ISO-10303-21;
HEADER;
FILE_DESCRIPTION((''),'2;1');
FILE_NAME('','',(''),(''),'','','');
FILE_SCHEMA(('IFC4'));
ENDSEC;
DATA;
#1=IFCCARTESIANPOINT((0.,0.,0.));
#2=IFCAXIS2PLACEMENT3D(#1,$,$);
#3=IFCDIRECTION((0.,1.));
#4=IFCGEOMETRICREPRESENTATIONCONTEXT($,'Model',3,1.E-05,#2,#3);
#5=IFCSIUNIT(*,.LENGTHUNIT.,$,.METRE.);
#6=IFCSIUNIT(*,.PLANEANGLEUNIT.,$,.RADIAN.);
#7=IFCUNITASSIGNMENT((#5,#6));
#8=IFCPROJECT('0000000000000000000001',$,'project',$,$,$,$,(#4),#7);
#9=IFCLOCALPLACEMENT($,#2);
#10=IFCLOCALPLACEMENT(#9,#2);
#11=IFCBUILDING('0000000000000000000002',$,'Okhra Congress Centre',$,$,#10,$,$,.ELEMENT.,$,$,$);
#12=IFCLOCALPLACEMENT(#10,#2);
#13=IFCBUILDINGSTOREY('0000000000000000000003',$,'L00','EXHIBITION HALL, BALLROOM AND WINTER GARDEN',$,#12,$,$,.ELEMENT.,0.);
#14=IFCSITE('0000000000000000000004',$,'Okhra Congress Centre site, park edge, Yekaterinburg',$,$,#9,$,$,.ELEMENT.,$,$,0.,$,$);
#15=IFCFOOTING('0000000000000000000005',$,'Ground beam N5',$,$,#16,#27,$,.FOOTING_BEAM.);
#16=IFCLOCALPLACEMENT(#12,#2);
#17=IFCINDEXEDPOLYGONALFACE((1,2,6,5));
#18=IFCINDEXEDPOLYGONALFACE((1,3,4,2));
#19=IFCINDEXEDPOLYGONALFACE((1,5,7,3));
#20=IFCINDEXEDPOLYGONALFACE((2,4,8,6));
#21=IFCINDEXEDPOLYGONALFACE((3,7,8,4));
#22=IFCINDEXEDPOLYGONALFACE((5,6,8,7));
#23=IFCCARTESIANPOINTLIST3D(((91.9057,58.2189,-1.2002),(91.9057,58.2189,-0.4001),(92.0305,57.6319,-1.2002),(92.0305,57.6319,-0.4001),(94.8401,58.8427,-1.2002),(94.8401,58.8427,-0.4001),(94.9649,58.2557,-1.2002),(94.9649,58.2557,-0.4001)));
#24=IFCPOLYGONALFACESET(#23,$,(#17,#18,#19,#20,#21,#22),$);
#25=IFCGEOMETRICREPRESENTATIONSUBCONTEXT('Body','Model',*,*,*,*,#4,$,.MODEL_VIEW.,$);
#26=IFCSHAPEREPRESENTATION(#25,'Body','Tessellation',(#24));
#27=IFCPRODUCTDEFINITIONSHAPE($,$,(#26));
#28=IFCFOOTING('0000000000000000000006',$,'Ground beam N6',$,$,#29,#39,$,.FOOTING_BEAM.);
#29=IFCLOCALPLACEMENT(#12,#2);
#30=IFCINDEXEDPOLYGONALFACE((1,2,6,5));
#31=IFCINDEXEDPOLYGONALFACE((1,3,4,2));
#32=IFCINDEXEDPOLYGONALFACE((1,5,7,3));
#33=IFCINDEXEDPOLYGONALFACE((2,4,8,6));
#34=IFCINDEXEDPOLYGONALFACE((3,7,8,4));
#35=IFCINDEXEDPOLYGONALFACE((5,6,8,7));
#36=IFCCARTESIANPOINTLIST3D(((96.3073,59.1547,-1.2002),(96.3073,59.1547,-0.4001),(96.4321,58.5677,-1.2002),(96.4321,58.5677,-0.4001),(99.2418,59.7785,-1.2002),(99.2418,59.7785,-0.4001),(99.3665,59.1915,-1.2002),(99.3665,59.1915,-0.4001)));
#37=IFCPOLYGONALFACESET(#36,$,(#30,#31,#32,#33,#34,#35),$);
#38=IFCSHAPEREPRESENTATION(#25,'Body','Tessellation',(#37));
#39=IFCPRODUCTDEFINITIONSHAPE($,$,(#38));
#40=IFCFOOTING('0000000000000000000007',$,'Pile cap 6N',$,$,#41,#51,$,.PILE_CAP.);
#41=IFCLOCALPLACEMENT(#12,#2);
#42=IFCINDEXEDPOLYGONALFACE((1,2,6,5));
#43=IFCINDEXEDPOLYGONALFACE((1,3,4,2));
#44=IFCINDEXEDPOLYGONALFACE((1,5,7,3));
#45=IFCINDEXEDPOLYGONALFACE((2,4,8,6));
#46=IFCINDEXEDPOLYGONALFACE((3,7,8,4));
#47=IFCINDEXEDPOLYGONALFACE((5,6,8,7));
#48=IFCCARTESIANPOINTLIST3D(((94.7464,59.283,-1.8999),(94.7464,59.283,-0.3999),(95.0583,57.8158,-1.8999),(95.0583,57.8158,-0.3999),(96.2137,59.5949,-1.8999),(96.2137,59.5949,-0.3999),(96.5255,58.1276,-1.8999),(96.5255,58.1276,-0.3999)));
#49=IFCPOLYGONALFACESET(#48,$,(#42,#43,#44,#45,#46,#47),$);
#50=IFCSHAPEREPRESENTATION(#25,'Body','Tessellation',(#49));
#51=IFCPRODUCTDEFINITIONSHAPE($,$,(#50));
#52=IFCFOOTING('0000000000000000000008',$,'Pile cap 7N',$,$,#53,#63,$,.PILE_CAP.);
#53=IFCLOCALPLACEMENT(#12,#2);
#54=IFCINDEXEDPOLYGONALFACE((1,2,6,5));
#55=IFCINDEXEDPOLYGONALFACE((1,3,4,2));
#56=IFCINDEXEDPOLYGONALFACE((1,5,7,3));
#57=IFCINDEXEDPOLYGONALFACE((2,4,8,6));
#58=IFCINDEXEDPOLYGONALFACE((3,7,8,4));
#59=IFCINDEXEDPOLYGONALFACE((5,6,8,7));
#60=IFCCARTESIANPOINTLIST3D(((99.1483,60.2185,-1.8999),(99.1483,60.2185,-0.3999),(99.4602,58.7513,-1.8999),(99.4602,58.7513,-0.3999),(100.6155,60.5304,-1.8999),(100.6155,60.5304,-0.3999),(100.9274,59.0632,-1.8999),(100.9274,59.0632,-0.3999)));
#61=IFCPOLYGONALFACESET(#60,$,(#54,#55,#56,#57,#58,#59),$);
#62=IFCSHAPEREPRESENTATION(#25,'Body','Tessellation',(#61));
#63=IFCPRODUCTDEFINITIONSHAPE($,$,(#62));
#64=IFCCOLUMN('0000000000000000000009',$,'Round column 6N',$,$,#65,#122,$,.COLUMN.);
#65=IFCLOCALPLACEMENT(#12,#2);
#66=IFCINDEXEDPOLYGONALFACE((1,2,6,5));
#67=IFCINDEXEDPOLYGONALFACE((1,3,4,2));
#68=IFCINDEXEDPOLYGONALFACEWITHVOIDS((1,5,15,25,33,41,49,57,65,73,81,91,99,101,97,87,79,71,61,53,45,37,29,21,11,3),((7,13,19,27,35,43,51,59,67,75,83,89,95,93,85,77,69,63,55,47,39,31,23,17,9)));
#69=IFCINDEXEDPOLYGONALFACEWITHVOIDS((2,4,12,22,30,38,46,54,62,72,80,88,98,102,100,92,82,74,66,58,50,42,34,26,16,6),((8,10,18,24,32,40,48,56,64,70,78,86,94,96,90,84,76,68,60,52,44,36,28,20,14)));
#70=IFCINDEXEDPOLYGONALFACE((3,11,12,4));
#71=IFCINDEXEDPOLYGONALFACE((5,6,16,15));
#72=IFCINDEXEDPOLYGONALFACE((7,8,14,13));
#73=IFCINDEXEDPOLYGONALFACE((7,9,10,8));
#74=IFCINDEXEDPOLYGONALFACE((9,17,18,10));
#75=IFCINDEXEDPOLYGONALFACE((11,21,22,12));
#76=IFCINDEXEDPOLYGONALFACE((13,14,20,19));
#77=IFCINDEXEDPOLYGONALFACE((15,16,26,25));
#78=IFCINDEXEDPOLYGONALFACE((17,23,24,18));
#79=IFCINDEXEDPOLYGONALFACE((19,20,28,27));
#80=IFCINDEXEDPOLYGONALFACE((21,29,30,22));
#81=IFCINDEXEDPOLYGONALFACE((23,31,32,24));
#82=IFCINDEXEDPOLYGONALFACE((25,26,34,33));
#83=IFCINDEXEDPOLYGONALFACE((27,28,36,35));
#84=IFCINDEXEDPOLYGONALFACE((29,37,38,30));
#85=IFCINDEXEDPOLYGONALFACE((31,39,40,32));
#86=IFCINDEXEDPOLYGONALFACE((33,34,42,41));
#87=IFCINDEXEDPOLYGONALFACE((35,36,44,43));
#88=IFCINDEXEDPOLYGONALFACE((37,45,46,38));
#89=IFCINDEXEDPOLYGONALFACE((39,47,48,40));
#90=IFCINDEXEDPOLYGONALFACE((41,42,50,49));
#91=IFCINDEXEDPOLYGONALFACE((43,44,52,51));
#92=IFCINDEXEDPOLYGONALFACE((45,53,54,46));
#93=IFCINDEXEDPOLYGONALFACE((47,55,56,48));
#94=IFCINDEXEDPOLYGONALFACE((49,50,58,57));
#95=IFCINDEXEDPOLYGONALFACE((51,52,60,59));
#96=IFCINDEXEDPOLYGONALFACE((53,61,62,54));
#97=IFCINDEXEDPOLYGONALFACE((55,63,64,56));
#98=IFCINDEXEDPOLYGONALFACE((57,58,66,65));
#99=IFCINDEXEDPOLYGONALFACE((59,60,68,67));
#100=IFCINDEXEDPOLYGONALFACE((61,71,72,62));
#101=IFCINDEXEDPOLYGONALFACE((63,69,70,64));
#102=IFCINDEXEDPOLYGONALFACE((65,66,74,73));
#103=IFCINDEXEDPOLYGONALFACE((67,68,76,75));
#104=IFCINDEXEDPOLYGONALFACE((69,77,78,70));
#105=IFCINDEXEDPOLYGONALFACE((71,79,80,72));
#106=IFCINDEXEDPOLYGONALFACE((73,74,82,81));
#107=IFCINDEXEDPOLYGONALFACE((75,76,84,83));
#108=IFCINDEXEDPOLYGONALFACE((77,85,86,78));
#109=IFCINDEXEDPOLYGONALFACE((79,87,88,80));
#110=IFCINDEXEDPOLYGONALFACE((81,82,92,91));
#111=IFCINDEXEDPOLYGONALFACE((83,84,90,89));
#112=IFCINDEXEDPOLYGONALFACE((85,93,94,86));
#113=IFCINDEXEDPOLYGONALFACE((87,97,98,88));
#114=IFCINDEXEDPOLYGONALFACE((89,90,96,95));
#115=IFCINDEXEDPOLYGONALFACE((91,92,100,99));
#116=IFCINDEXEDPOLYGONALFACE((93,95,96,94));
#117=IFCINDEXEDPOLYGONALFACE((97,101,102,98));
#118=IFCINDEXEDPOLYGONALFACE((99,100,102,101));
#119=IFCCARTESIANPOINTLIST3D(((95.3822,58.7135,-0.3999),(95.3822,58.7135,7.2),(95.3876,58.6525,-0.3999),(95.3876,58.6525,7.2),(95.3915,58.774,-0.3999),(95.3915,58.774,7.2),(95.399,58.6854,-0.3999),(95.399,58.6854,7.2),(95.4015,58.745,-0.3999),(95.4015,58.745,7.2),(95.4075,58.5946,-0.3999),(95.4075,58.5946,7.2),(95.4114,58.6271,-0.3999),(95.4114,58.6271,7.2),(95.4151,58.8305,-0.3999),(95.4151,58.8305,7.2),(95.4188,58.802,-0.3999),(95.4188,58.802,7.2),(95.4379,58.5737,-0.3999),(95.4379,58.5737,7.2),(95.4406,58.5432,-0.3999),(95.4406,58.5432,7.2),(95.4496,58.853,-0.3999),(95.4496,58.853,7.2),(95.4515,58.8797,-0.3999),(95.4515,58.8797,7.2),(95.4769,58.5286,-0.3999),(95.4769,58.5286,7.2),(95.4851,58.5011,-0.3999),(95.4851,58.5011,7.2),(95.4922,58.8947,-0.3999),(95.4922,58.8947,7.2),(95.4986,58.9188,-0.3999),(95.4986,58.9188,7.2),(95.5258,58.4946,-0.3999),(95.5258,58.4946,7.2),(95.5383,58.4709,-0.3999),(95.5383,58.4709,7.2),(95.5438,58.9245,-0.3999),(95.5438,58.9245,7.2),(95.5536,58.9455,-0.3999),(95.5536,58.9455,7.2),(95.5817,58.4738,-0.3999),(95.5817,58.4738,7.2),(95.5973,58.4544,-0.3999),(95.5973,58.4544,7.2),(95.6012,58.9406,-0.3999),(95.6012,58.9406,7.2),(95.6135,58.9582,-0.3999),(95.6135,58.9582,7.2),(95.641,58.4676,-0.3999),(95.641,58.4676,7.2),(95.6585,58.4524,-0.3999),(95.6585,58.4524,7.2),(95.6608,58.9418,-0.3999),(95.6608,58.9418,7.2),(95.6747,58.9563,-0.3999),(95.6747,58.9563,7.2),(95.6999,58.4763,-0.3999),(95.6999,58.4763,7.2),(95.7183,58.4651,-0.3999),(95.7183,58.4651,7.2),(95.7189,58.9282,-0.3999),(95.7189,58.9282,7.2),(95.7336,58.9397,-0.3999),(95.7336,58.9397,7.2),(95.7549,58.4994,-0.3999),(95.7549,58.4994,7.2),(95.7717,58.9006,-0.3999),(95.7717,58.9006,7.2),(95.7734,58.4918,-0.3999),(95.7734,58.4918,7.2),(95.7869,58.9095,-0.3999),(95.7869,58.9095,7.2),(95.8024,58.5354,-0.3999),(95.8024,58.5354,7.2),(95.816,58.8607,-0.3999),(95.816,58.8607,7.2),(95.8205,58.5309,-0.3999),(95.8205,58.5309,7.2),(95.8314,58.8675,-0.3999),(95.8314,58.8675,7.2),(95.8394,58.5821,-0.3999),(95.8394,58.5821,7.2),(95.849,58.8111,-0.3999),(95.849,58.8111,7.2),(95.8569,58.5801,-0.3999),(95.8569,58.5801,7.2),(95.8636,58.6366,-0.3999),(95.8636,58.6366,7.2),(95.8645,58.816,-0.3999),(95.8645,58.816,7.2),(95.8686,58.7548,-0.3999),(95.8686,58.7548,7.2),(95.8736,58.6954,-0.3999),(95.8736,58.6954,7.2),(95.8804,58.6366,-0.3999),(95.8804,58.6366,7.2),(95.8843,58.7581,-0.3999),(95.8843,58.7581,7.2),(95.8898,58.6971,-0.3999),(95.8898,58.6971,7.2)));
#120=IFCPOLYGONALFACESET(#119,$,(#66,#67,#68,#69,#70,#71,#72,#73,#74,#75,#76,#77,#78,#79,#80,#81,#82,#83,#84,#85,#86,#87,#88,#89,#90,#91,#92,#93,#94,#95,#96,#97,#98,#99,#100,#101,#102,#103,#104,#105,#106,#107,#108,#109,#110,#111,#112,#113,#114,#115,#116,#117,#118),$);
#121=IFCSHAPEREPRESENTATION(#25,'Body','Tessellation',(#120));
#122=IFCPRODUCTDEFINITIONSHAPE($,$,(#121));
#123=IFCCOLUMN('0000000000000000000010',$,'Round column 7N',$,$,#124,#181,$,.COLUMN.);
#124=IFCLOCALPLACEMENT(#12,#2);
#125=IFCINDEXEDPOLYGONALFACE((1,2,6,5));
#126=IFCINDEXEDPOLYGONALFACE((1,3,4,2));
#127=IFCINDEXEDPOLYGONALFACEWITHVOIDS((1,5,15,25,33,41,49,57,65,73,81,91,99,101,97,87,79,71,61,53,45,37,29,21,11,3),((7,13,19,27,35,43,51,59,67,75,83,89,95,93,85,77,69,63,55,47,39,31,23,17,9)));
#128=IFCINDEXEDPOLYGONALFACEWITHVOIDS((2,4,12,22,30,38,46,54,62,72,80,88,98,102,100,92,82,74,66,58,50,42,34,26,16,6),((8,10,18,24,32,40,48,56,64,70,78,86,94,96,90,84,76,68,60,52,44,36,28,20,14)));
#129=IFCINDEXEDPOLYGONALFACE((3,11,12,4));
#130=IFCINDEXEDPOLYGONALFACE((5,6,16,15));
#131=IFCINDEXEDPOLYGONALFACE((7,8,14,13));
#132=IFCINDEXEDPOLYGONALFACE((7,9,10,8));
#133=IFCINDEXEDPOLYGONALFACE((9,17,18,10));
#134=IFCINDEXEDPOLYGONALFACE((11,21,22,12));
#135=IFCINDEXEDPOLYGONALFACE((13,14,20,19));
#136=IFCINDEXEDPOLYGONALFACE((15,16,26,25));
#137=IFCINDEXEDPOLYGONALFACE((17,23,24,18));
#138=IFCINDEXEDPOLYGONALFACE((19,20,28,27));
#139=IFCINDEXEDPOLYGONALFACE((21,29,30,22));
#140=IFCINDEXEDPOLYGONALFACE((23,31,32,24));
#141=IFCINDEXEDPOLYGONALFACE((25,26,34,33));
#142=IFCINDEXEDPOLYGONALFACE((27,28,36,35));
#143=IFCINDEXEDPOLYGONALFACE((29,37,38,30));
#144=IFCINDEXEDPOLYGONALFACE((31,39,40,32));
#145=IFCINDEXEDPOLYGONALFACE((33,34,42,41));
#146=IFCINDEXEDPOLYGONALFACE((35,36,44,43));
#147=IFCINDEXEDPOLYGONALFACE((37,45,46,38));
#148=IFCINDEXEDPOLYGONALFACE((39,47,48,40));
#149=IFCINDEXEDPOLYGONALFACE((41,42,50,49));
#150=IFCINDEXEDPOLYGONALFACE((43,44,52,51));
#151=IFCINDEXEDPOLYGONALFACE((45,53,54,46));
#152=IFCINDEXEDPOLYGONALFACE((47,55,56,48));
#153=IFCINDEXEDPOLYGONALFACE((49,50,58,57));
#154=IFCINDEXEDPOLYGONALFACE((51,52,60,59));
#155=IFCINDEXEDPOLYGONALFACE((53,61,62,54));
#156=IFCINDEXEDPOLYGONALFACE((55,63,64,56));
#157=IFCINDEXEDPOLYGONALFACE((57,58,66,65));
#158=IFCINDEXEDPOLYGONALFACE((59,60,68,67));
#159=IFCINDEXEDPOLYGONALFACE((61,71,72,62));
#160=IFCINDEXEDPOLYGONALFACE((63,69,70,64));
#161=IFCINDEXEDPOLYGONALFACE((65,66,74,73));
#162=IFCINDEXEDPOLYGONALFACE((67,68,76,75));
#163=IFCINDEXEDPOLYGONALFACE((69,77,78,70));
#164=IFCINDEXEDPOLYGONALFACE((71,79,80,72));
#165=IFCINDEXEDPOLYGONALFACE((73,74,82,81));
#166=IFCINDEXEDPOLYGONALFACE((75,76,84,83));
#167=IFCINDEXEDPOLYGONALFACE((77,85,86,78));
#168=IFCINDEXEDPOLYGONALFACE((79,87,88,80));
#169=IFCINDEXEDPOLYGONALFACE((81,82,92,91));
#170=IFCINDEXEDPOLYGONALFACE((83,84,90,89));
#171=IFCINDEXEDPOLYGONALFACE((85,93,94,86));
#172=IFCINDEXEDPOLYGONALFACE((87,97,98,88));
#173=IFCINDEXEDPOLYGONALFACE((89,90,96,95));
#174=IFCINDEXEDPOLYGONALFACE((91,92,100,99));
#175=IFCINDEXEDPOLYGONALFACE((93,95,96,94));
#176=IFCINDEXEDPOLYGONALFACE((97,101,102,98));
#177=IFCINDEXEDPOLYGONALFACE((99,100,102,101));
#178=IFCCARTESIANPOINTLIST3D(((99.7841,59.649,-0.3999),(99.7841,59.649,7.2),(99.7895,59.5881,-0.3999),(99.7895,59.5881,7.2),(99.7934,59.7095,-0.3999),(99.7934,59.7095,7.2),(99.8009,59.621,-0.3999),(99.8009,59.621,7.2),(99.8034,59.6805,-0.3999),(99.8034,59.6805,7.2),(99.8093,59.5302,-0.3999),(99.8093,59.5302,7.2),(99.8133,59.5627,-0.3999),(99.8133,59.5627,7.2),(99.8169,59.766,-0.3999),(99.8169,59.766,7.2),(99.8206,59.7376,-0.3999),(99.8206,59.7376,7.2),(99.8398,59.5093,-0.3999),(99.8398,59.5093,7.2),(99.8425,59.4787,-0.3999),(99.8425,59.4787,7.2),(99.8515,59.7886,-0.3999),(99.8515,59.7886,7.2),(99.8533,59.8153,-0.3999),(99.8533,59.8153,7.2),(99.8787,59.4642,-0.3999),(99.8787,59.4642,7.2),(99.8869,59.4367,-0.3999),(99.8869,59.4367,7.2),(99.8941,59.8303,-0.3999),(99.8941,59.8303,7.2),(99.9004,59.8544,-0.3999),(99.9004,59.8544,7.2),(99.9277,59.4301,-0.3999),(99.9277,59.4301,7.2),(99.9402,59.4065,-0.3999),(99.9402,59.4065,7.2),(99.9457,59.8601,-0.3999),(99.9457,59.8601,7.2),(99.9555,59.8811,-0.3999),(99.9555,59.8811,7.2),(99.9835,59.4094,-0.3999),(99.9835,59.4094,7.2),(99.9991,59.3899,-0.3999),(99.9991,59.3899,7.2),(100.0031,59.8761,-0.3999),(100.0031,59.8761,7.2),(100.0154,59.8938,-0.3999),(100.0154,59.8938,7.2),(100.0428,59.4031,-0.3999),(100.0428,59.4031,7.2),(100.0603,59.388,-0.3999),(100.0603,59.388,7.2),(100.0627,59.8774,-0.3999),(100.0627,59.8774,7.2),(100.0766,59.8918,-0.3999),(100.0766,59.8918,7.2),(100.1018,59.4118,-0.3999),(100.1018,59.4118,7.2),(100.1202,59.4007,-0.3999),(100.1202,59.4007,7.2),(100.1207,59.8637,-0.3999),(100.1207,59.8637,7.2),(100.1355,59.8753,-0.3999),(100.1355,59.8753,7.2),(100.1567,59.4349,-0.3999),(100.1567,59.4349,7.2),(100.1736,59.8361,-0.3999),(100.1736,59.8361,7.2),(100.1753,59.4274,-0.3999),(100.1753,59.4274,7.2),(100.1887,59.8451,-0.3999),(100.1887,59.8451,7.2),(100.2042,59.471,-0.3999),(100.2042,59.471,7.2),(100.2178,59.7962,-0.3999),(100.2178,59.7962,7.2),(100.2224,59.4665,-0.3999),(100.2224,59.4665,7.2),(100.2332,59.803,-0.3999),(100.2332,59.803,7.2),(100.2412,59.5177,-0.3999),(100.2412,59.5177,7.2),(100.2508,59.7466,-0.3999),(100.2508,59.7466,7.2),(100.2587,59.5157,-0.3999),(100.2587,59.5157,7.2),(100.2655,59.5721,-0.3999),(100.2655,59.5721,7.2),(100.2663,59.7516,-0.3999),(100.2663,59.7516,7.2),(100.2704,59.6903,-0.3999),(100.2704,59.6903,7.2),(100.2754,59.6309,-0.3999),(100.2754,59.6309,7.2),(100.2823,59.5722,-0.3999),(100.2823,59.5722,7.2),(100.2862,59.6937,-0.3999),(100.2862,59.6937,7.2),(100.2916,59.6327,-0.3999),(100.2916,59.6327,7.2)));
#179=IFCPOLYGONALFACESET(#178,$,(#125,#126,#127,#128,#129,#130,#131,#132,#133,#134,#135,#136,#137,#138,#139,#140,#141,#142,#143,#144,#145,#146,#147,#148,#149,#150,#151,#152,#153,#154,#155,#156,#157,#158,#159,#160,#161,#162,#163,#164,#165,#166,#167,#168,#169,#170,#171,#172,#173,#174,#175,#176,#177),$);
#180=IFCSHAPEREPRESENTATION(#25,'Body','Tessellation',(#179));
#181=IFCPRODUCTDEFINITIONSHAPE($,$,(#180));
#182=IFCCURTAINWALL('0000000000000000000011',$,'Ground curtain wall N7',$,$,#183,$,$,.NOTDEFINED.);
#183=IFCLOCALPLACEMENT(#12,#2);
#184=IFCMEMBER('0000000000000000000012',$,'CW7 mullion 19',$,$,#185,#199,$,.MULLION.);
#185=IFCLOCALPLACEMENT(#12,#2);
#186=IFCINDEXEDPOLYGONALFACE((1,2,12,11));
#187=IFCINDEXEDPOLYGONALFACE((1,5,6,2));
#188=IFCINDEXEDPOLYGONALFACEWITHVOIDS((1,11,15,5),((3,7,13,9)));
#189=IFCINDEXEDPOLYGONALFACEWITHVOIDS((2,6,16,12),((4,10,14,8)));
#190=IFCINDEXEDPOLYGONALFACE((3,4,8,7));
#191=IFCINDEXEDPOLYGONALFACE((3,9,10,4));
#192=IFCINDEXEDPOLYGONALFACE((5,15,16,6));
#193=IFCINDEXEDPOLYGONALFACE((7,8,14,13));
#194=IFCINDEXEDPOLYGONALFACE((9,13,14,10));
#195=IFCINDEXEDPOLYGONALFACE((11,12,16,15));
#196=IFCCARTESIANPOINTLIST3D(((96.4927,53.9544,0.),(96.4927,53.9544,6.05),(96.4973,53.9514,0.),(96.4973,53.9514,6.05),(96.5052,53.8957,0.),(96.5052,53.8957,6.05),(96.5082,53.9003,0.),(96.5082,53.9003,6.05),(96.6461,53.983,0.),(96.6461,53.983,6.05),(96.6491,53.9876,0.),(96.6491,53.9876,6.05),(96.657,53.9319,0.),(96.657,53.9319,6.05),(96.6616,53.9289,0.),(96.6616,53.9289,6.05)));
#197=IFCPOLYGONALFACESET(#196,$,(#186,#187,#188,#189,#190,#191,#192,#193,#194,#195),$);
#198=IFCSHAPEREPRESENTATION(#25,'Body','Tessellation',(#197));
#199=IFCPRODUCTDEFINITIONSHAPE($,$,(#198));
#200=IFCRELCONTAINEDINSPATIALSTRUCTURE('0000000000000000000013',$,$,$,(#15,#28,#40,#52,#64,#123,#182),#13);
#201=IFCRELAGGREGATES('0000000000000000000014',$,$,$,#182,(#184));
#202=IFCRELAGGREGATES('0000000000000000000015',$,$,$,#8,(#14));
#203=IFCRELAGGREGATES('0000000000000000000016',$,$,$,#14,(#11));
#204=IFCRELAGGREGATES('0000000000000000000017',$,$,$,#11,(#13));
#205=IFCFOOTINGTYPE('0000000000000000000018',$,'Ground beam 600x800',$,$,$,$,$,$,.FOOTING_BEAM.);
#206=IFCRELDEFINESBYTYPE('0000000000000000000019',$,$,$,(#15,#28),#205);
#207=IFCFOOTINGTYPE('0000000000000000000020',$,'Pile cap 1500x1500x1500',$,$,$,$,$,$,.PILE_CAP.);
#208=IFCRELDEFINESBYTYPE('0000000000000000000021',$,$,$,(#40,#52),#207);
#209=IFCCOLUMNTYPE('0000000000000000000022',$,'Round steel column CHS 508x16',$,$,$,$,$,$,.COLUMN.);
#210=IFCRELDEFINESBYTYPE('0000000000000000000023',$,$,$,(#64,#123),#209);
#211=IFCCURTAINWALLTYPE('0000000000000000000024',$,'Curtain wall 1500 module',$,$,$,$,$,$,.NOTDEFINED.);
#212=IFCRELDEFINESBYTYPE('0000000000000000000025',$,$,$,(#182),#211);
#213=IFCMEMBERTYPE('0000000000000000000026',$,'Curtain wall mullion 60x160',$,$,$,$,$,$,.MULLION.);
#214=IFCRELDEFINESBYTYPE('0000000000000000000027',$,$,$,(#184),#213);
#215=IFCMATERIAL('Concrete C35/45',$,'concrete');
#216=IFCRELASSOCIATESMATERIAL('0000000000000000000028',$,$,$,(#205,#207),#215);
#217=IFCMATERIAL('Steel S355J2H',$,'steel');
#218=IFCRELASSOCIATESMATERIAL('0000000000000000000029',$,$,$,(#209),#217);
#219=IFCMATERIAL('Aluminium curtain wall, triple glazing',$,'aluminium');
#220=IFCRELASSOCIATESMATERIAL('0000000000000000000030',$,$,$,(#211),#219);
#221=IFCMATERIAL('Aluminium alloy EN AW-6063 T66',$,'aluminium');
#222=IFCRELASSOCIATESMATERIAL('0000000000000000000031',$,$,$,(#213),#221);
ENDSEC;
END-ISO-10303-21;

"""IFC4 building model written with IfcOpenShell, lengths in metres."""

from ifc_helpers import new_model, si_unit, direction, frame, origin, origin_2d, place, context, subcontext, project, spatial, rectangle, hollow_rectangle, hollow_circle, extrude, material, material_profile, profile_set, type_object, element, aggregate, save


model = new_model("IFC4")

# Units and contexts
model_context = context("Model", 3, precision=1e-05, world=origin(), true_north=direction((0.0, 1.0)))
body_context = subcontext(model_context, "Body", "Model", "MODEL_VIEW")
ifc_project = project(units=[si_unit("LENGTHUNIT", "METRE"), si_unit("PLANEANGLEUNIT", "RADIAN")], contexts=[model_context])

# Site, building, storey
site_placement = place(None, origin())
site = spatial("IfcSite", under=ifc_project, at=site_placement, Name="Okhra Congress Centre site, park edge, Yekaterinburg", CompositionType="ELEMENT", RefElevation=0.0)
building_placement = place(site_placement, origin())
building = spatial("IfcBuilding", under=site, at=building_placement, Name="Okhra Congress Centre", CompositionType="ELEMENT")
storey_placement = place(building_placement, origin())
storey = spatial("IfcBuildingStorey", under=building, at=storey_placement, Name="L00", Description="EXHIBITION HALL, BALLROOM AND WINTER GARDEN", CompositionType="ELEMENT", Elevation=0.0)

# Footings
ifc_material_1 = material(Name="Concrete C35/45", Category="concrete")
footing_type_1 = type_object("IfcFootingType", Name="Ground beam 600x800", PredefinedType="FOOTING_BEAM", material=ifc_material_1)
for number, where, z_axis, x_axis, name in (
    (1, (93.4353, 58.2373, -1.2002), (0.0, 0.0, 1.0), (0.978148, 0.207912, 0.0), "Ground beam N5"),
    (2, (97.8369, 59.1731, -1.2002), (0.0, 0.0, 1.0), (0.978148, 0.207912, 0.0), "Ground beam N6"),
):
    element("IfcFooting", number, at=place(storey_placement, frame(where, z_axis=z_axis, x_axis=x_axis)), inside=storey, type_object=footing_type_1, Name=name, PredefinedType="FOOTING_BEAM", context=body_context, shape_type="SweptSolid", body=[
        extrude(rectangle(XDim=3.0, YDim=0.6001, at=origin_2d()), origin(), (0.0, 0.0, 1.0), 0.8),
    ])
footing_type_2 = type_object("IfcFootingType", Name="Pile cap 1500x1500x1500", PredefinedType="PILE_CAP", material=ifc_material_1)
for number, where, z_axis, x_axis, name in (
    (3, (95.636, 58.7053, -1.8999), (0.0, 0.0, 1.0), (0.978148, 0.207912, 0.0), "Pile cap 6N"),
    (4, (100.0378, 59.6409, -1.8999), (0.0, 0.0, 1.0), (0.978148, 0.207912, 0.0), "Pile cap 7N"),
):
    element("IfcFooting", number, at=place(storey_placement, frame(where, z_axis=z_axis, x_axis=x_axis)), inside=storey, type_object=footing_type_2, Name=name, PredefinedType="PILE_CAP", context=body_context, shape_type="SweptSolid", body=[
        extrude(rectangle(XDim=1.5, YDim=1.5, at=origin_2d()), origin(), (0.0, 0.0, 1.0), 1.5),
    ])

# Columns
ifc_material_2 = material(Name="Steel S355J2H", Category="steel")
ifc_material_profile_1 = material_profile(ifc_material_2, hollow_circle(Radius=0.2539, WallThickness=0.0161, at=origin_2d()), Name="CHS 508x16")
ifc_profile_set_1 = profile_set([ifc_material_profile_1], Name="Steel S355J2H")
column_type = type_object("IfcColumnType", Name="Round steel column CHS 508x16", PredefinedType="COLUMN", material=ifc_profile_set_1)
for number, where, z_axis, x_axis, name in (
    (5, (95.636, 58.7053, -0.3999), (0.0, 0.0, 1.0), (0.978148, 0.207912, 0.0), "Round column 6N"),
    (6, (100.0378, 59.6409, -0.3999), (0.0, 0.0, 1.0), (0.978148, 0.207912, 0.0), "Round column 7N"),
):
    element("IfcColumn", number, at=place(storey_placement, frame(where, z_axis=z_axis, x_axis=x_axis)), inside=storey, type_object=column_type, Name=name, PredefinedType="COLUMN", context=body_context, shape_type="SweptSolid", body=[
        extrude(hollow_circle(Radius=0.2539, WallThickness=0.0161, at=origin_2d()), origin(), (0.0, 0.0, 1.0), 7.5999),
    ])

# Curtain wall, member
ifc_material_3 = material(Name="Aluminium curtain wall, triple glazing", Category="aluminium")
curtain_wall_type = type_object("IfcCurtainWallType", Name="Curtain wall 1500 module", PredefinedType="NOTDEFINED", material=ifc_material_3)
curtain_wall_placement = place(storey_placement, origin())
curtain_wall = element("IfcCurtainWall", 7, at=curtain_wall_placement, inside=storey, type_object=curtain_wall_type, Name="Ground curtain wall N7", PredefinedType="NOTDEFINED")
ifc_material_4 = material(Name="Aluminium alloy EN AW-6063 T66", Category="aluminium")
ifc_material_profile_2 = material_profile(ifc_material_4, hollow_rectangle(XDim=0.0601, YDim=0.1599, WallThickness=0.0039, at=origin_2d()), Name="RHS 60x160x4")
ifc_profile_set_2 = profile_set([ifc_material_profile_2], Name="Aluminium alloy EN AW-6063 T66")
member_type = type_object("IfcMemberType", Name="Curtain wall mullion 60x160", PredefinedType="MULLION", material=ifc_profile_set_2)
member_placement = place(storey_placement, frame((96.5771, 53.9417, 0.0), z_axis=(0.0, 0.0, 1.0), x_axis=(-0.207912, 0.978148, 0.0)))
member = element("IfcMember", 8, at=member_placement, type_object=member_type, Name="CW7 mullion 19", PredefinedType="MULLION", context=body_context, shape_type="SweptSolid", body=[
    extrude(hollow_rectangle(XDim=0.0601, YDim=0.1599, WallThickness=0.0039, at=origin_2d()), origin(), (0.0, 0.0, 1.0), 6.05),
])

aggregate(curtain_wall, [member])

save(model, "model.ifc")
